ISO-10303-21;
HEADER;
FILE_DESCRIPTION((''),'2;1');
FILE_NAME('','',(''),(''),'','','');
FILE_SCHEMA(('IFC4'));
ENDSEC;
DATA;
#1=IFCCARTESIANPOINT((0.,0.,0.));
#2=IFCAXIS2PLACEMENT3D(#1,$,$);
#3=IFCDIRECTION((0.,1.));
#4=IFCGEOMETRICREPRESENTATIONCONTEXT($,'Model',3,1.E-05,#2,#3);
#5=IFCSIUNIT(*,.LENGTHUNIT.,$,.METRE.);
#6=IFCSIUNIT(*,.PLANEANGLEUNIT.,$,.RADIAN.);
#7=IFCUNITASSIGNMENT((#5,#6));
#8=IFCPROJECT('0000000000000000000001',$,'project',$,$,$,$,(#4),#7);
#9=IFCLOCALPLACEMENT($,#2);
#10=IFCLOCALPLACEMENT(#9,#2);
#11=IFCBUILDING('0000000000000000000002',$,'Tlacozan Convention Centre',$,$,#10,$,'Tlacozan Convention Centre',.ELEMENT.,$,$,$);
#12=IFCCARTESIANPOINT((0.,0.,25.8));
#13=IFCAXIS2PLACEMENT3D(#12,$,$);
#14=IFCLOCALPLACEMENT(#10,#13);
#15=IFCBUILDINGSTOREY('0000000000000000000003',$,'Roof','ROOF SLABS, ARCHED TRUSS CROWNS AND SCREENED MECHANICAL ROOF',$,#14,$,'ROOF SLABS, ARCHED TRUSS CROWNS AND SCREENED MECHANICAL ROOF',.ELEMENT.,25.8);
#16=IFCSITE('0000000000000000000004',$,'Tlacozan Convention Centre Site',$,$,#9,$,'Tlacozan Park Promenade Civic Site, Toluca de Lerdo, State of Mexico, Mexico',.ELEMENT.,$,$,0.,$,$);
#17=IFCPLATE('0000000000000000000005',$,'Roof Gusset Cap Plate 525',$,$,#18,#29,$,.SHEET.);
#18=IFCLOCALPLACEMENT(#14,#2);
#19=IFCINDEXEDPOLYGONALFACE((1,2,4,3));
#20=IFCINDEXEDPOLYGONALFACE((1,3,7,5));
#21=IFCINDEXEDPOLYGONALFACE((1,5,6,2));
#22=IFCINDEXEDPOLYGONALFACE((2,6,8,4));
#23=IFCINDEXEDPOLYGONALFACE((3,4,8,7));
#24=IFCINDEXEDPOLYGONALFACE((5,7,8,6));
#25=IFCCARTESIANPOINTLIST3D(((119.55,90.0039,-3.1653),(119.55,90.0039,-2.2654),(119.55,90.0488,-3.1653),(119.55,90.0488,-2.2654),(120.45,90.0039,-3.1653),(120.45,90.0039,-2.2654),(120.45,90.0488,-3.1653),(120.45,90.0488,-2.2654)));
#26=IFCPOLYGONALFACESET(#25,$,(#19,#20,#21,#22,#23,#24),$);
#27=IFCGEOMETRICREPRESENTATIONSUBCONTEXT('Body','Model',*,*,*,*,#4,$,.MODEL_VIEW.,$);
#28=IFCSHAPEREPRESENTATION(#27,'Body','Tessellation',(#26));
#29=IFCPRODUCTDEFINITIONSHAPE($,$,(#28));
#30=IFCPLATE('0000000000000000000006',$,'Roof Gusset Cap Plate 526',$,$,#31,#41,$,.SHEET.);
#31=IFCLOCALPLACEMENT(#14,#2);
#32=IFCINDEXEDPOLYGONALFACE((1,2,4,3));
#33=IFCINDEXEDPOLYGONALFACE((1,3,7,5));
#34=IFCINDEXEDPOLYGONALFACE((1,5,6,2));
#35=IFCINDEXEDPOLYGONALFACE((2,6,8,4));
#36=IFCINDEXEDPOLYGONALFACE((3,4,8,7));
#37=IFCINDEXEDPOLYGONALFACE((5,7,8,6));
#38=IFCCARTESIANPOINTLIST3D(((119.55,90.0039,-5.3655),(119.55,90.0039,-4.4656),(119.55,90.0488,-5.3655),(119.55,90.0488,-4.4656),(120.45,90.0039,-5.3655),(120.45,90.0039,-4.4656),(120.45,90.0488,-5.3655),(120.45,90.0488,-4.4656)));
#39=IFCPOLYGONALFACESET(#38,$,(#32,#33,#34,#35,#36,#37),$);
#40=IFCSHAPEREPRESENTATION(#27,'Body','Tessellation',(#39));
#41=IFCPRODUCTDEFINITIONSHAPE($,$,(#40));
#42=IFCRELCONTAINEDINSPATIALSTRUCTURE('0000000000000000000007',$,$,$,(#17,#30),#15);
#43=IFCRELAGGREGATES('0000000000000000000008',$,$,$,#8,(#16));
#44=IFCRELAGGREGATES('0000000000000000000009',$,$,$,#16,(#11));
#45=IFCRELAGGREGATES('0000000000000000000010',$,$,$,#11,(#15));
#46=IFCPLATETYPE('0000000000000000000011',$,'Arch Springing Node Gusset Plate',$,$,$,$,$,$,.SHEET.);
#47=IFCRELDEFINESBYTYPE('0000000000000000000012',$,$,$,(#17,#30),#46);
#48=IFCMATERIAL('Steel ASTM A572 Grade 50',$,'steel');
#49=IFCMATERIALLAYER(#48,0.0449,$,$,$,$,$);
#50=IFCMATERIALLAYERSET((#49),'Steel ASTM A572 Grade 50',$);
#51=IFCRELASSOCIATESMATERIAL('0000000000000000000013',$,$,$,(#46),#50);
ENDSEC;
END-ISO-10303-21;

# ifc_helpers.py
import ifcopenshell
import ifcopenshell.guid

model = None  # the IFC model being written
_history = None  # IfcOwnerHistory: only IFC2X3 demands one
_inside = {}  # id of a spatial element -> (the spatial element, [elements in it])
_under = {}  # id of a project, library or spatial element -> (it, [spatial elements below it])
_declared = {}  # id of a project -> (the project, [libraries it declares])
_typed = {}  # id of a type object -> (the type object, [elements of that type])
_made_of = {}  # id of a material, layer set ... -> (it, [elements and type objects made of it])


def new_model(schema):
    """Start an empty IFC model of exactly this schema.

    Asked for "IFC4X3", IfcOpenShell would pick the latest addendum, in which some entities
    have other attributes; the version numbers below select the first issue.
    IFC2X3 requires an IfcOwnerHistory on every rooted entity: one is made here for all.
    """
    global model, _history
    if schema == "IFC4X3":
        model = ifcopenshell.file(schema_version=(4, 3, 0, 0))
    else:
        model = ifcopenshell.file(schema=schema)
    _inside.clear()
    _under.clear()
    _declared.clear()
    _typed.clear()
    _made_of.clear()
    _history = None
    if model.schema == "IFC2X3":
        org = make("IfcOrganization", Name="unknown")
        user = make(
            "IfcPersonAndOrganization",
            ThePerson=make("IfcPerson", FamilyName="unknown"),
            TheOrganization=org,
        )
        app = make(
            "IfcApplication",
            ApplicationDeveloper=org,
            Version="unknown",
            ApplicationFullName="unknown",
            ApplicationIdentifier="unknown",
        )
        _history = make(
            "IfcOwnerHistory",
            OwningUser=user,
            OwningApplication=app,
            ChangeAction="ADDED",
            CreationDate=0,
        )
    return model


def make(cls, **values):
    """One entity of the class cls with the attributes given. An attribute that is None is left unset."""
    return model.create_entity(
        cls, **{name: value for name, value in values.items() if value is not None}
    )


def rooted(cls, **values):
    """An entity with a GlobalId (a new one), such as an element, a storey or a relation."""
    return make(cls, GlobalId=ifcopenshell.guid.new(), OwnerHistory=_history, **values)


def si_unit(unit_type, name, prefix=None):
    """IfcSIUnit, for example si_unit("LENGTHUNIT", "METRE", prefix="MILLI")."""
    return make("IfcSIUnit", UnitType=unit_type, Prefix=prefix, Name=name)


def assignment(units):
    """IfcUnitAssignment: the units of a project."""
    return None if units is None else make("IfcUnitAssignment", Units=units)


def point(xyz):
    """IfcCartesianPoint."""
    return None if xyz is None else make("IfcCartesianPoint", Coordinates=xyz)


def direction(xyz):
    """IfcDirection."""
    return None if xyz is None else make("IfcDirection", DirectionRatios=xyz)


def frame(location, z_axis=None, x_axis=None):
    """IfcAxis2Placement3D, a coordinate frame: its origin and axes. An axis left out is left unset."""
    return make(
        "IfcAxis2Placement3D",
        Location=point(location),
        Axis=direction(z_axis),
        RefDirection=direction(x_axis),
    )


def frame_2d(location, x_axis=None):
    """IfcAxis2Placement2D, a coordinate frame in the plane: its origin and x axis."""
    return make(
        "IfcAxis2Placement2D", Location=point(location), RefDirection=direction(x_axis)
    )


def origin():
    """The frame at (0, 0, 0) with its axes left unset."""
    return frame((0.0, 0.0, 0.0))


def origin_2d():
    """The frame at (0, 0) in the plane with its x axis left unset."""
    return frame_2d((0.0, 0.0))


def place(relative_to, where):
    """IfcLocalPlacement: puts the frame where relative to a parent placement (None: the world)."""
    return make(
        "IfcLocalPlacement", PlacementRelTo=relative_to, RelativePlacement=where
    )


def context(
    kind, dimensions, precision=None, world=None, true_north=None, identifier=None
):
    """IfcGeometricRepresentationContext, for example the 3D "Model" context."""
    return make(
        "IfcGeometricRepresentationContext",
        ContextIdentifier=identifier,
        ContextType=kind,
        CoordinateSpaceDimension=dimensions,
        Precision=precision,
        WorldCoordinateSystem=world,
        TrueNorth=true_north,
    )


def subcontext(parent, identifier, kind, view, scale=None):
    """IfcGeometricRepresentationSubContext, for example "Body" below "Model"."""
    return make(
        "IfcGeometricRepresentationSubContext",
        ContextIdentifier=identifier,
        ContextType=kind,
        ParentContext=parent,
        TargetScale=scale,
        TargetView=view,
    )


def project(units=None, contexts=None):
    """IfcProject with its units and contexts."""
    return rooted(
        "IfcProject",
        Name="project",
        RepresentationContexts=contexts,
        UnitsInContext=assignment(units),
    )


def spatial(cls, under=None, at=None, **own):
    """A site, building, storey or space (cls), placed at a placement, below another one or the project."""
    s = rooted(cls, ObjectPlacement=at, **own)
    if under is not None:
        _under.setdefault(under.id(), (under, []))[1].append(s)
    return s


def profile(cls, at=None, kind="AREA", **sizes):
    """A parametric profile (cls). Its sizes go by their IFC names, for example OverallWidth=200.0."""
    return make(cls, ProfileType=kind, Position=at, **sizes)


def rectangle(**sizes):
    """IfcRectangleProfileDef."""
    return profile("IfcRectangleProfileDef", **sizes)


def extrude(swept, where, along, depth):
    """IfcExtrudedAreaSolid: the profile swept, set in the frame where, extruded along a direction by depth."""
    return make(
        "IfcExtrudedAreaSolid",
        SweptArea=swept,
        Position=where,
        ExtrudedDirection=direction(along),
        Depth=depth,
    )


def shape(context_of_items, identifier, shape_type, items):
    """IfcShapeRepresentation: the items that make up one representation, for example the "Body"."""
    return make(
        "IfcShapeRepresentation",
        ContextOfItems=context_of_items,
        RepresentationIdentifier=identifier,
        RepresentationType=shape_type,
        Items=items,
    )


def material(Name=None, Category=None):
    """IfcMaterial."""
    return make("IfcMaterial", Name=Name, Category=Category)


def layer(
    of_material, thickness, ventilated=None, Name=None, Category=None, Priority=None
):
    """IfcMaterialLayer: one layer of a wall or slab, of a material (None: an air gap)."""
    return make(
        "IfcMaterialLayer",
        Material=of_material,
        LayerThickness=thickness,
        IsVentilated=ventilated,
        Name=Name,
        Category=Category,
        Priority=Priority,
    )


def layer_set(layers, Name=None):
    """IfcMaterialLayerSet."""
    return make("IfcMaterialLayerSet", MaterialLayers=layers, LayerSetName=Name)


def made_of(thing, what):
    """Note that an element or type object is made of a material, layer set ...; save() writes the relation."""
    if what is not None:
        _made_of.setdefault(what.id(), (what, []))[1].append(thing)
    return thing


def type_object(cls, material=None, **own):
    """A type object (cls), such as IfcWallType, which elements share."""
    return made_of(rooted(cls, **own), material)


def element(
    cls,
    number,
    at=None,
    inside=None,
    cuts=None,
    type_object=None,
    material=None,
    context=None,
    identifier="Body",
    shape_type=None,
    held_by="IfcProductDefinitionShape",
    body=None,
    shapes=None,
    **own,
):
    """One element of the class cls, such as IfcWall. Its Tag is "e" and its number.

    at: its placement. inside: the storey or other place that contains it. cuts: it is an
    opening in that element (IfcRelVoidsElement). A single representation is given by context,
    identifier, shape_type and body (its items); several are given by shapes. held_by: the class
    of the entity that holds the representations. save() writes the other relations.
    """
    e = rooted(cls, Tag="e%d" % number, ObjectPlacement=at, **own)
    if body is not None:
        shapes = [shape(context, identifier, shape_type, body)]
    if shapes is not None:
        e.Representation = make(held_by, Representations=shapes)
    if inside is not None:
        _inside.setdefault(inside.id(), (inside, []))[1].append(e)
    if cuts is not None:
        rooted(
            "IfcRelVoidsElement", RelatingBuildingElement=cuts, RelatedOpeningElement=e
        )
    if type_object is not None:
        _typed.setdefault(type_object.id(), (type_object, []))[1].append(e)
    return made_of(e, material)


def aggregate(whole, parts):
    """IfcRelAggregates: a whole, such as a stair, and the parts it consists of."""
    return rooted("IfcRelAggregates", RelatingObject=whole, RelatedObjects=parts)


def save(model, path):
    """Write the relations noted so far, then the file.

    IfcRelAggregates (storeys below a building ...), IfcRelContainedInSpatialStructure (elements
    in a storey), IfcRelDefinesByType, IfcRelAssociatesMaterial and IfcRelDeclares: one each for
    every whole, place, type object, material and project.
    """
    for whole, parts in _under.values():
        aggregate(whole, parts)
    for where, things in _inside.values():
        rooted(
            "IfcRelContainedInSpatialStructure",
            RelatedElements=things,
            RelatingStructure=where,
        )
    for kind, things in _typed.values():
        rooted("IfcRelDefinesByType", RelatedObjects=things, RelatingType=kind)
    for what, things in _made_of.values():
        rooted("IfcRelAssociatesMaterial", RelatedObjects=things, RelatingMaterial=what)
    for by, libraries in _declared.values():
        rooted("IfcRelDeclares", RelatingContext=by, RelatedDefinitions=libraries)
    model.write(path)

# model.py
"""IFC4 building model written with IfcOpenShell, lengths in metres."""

from ifc_helpers import new_model, si_unit, direction, frame, origin, origin_2d, place, context, subcontext, project, spatial, rectangle, extrude, material, layer, layer_set, type_object, element, save


model = new_model("IFC4")

# Units and contexts
model_context = context("Model", 3, precision=1e-05, world=origin(), true_north=direction((0.0, 1.0)))
body_context = subcontext(model_context, "Body", "Model", "MODEL_VIEW")
ifc_project = project(units=[si_unit("LENGTHUNIT", "METRE"), si_unit("PLANEANGLEUNIT", "RADIAN")], contexts=[model_context])

# Site, building, storey
site_placement = place(None, origin())
site = spatial("IfcSite", under=ifc_project, at=site_placement, Name="Tlacozan Convention Centre Site", LongName="Tlacozan Park Promenade Civic Site, Toluca de Lerdo, State of Mexico, Mexico", CompositionType="ELEMENT", RefElevation=0.0)
building_placement = place(site_placement, origin())
building = spatial("IfcBuilding", under=site, at=building_placement, Name="Tlacozan Convention Centre", LongName="Tlacozan Convention Centre", CompositionType="ELEMENT")
storey_placement = place(building_placement, frame((0.0, 0.0, 25.8)))
storey = spatial("IfcBuildingStorey", under=building, at=storey_placement, Name="Roof", Description="ROOF SLABS, ARCHED TRUSS CROWNS AND SCREENED MECHANICAL ROOF", LongName="ROOF SLABS, ARCHED TRUSS CROWNS AND SCREENED MECHANICAL ROOF", CompositionType="ELEMENT", Elevation=25.8)

# Plates
ifc_material_1 = material(Name="Steel ASTM A572 Grade 50", Category="steel")
ifc_layer = layer(ifc_material_1, 0.0449)
ifc_layer_set = layer_set([ifc_layer], Name="Steel ASTM A572 Grade 50")
plate_type = type_object("IfcPlateType", Name="Arch Springing Node Gusset Plate", PredefinedType="SHEET", material=ifc_layer_set)
for number, where, z_axis, x_axis, name in (
    (1, (120.0, 90.0264, -3.1653), (0.0, 0.0, 1.0), (0.0, 1.0, 0.0), "Roof Gusset Cap Plate 525"),
    (2, (120.0, 90.0264, -5.3655), (0.0, 0.0, 1.0), (0.0, 1.0, 0.0), "Roof Gusset Cap Plate 526"),
):
    element("IfcPlate", number, at=place(storey_placement, frame(where, z_axis=z_axis, x_axis=x_axis)), inside=storey, type_object=plate_type, Name=name, PredefinedType="SHEET", context=body_context, shape_type="SweptSolid", body=[
        extrude(rectangle(XDim=0.0449, YDim=0.8999, at=origin_2d()), origin(), (0.0, 0.0, 1.0), 0.8999),
    ])

save(model, "model.ifc")
